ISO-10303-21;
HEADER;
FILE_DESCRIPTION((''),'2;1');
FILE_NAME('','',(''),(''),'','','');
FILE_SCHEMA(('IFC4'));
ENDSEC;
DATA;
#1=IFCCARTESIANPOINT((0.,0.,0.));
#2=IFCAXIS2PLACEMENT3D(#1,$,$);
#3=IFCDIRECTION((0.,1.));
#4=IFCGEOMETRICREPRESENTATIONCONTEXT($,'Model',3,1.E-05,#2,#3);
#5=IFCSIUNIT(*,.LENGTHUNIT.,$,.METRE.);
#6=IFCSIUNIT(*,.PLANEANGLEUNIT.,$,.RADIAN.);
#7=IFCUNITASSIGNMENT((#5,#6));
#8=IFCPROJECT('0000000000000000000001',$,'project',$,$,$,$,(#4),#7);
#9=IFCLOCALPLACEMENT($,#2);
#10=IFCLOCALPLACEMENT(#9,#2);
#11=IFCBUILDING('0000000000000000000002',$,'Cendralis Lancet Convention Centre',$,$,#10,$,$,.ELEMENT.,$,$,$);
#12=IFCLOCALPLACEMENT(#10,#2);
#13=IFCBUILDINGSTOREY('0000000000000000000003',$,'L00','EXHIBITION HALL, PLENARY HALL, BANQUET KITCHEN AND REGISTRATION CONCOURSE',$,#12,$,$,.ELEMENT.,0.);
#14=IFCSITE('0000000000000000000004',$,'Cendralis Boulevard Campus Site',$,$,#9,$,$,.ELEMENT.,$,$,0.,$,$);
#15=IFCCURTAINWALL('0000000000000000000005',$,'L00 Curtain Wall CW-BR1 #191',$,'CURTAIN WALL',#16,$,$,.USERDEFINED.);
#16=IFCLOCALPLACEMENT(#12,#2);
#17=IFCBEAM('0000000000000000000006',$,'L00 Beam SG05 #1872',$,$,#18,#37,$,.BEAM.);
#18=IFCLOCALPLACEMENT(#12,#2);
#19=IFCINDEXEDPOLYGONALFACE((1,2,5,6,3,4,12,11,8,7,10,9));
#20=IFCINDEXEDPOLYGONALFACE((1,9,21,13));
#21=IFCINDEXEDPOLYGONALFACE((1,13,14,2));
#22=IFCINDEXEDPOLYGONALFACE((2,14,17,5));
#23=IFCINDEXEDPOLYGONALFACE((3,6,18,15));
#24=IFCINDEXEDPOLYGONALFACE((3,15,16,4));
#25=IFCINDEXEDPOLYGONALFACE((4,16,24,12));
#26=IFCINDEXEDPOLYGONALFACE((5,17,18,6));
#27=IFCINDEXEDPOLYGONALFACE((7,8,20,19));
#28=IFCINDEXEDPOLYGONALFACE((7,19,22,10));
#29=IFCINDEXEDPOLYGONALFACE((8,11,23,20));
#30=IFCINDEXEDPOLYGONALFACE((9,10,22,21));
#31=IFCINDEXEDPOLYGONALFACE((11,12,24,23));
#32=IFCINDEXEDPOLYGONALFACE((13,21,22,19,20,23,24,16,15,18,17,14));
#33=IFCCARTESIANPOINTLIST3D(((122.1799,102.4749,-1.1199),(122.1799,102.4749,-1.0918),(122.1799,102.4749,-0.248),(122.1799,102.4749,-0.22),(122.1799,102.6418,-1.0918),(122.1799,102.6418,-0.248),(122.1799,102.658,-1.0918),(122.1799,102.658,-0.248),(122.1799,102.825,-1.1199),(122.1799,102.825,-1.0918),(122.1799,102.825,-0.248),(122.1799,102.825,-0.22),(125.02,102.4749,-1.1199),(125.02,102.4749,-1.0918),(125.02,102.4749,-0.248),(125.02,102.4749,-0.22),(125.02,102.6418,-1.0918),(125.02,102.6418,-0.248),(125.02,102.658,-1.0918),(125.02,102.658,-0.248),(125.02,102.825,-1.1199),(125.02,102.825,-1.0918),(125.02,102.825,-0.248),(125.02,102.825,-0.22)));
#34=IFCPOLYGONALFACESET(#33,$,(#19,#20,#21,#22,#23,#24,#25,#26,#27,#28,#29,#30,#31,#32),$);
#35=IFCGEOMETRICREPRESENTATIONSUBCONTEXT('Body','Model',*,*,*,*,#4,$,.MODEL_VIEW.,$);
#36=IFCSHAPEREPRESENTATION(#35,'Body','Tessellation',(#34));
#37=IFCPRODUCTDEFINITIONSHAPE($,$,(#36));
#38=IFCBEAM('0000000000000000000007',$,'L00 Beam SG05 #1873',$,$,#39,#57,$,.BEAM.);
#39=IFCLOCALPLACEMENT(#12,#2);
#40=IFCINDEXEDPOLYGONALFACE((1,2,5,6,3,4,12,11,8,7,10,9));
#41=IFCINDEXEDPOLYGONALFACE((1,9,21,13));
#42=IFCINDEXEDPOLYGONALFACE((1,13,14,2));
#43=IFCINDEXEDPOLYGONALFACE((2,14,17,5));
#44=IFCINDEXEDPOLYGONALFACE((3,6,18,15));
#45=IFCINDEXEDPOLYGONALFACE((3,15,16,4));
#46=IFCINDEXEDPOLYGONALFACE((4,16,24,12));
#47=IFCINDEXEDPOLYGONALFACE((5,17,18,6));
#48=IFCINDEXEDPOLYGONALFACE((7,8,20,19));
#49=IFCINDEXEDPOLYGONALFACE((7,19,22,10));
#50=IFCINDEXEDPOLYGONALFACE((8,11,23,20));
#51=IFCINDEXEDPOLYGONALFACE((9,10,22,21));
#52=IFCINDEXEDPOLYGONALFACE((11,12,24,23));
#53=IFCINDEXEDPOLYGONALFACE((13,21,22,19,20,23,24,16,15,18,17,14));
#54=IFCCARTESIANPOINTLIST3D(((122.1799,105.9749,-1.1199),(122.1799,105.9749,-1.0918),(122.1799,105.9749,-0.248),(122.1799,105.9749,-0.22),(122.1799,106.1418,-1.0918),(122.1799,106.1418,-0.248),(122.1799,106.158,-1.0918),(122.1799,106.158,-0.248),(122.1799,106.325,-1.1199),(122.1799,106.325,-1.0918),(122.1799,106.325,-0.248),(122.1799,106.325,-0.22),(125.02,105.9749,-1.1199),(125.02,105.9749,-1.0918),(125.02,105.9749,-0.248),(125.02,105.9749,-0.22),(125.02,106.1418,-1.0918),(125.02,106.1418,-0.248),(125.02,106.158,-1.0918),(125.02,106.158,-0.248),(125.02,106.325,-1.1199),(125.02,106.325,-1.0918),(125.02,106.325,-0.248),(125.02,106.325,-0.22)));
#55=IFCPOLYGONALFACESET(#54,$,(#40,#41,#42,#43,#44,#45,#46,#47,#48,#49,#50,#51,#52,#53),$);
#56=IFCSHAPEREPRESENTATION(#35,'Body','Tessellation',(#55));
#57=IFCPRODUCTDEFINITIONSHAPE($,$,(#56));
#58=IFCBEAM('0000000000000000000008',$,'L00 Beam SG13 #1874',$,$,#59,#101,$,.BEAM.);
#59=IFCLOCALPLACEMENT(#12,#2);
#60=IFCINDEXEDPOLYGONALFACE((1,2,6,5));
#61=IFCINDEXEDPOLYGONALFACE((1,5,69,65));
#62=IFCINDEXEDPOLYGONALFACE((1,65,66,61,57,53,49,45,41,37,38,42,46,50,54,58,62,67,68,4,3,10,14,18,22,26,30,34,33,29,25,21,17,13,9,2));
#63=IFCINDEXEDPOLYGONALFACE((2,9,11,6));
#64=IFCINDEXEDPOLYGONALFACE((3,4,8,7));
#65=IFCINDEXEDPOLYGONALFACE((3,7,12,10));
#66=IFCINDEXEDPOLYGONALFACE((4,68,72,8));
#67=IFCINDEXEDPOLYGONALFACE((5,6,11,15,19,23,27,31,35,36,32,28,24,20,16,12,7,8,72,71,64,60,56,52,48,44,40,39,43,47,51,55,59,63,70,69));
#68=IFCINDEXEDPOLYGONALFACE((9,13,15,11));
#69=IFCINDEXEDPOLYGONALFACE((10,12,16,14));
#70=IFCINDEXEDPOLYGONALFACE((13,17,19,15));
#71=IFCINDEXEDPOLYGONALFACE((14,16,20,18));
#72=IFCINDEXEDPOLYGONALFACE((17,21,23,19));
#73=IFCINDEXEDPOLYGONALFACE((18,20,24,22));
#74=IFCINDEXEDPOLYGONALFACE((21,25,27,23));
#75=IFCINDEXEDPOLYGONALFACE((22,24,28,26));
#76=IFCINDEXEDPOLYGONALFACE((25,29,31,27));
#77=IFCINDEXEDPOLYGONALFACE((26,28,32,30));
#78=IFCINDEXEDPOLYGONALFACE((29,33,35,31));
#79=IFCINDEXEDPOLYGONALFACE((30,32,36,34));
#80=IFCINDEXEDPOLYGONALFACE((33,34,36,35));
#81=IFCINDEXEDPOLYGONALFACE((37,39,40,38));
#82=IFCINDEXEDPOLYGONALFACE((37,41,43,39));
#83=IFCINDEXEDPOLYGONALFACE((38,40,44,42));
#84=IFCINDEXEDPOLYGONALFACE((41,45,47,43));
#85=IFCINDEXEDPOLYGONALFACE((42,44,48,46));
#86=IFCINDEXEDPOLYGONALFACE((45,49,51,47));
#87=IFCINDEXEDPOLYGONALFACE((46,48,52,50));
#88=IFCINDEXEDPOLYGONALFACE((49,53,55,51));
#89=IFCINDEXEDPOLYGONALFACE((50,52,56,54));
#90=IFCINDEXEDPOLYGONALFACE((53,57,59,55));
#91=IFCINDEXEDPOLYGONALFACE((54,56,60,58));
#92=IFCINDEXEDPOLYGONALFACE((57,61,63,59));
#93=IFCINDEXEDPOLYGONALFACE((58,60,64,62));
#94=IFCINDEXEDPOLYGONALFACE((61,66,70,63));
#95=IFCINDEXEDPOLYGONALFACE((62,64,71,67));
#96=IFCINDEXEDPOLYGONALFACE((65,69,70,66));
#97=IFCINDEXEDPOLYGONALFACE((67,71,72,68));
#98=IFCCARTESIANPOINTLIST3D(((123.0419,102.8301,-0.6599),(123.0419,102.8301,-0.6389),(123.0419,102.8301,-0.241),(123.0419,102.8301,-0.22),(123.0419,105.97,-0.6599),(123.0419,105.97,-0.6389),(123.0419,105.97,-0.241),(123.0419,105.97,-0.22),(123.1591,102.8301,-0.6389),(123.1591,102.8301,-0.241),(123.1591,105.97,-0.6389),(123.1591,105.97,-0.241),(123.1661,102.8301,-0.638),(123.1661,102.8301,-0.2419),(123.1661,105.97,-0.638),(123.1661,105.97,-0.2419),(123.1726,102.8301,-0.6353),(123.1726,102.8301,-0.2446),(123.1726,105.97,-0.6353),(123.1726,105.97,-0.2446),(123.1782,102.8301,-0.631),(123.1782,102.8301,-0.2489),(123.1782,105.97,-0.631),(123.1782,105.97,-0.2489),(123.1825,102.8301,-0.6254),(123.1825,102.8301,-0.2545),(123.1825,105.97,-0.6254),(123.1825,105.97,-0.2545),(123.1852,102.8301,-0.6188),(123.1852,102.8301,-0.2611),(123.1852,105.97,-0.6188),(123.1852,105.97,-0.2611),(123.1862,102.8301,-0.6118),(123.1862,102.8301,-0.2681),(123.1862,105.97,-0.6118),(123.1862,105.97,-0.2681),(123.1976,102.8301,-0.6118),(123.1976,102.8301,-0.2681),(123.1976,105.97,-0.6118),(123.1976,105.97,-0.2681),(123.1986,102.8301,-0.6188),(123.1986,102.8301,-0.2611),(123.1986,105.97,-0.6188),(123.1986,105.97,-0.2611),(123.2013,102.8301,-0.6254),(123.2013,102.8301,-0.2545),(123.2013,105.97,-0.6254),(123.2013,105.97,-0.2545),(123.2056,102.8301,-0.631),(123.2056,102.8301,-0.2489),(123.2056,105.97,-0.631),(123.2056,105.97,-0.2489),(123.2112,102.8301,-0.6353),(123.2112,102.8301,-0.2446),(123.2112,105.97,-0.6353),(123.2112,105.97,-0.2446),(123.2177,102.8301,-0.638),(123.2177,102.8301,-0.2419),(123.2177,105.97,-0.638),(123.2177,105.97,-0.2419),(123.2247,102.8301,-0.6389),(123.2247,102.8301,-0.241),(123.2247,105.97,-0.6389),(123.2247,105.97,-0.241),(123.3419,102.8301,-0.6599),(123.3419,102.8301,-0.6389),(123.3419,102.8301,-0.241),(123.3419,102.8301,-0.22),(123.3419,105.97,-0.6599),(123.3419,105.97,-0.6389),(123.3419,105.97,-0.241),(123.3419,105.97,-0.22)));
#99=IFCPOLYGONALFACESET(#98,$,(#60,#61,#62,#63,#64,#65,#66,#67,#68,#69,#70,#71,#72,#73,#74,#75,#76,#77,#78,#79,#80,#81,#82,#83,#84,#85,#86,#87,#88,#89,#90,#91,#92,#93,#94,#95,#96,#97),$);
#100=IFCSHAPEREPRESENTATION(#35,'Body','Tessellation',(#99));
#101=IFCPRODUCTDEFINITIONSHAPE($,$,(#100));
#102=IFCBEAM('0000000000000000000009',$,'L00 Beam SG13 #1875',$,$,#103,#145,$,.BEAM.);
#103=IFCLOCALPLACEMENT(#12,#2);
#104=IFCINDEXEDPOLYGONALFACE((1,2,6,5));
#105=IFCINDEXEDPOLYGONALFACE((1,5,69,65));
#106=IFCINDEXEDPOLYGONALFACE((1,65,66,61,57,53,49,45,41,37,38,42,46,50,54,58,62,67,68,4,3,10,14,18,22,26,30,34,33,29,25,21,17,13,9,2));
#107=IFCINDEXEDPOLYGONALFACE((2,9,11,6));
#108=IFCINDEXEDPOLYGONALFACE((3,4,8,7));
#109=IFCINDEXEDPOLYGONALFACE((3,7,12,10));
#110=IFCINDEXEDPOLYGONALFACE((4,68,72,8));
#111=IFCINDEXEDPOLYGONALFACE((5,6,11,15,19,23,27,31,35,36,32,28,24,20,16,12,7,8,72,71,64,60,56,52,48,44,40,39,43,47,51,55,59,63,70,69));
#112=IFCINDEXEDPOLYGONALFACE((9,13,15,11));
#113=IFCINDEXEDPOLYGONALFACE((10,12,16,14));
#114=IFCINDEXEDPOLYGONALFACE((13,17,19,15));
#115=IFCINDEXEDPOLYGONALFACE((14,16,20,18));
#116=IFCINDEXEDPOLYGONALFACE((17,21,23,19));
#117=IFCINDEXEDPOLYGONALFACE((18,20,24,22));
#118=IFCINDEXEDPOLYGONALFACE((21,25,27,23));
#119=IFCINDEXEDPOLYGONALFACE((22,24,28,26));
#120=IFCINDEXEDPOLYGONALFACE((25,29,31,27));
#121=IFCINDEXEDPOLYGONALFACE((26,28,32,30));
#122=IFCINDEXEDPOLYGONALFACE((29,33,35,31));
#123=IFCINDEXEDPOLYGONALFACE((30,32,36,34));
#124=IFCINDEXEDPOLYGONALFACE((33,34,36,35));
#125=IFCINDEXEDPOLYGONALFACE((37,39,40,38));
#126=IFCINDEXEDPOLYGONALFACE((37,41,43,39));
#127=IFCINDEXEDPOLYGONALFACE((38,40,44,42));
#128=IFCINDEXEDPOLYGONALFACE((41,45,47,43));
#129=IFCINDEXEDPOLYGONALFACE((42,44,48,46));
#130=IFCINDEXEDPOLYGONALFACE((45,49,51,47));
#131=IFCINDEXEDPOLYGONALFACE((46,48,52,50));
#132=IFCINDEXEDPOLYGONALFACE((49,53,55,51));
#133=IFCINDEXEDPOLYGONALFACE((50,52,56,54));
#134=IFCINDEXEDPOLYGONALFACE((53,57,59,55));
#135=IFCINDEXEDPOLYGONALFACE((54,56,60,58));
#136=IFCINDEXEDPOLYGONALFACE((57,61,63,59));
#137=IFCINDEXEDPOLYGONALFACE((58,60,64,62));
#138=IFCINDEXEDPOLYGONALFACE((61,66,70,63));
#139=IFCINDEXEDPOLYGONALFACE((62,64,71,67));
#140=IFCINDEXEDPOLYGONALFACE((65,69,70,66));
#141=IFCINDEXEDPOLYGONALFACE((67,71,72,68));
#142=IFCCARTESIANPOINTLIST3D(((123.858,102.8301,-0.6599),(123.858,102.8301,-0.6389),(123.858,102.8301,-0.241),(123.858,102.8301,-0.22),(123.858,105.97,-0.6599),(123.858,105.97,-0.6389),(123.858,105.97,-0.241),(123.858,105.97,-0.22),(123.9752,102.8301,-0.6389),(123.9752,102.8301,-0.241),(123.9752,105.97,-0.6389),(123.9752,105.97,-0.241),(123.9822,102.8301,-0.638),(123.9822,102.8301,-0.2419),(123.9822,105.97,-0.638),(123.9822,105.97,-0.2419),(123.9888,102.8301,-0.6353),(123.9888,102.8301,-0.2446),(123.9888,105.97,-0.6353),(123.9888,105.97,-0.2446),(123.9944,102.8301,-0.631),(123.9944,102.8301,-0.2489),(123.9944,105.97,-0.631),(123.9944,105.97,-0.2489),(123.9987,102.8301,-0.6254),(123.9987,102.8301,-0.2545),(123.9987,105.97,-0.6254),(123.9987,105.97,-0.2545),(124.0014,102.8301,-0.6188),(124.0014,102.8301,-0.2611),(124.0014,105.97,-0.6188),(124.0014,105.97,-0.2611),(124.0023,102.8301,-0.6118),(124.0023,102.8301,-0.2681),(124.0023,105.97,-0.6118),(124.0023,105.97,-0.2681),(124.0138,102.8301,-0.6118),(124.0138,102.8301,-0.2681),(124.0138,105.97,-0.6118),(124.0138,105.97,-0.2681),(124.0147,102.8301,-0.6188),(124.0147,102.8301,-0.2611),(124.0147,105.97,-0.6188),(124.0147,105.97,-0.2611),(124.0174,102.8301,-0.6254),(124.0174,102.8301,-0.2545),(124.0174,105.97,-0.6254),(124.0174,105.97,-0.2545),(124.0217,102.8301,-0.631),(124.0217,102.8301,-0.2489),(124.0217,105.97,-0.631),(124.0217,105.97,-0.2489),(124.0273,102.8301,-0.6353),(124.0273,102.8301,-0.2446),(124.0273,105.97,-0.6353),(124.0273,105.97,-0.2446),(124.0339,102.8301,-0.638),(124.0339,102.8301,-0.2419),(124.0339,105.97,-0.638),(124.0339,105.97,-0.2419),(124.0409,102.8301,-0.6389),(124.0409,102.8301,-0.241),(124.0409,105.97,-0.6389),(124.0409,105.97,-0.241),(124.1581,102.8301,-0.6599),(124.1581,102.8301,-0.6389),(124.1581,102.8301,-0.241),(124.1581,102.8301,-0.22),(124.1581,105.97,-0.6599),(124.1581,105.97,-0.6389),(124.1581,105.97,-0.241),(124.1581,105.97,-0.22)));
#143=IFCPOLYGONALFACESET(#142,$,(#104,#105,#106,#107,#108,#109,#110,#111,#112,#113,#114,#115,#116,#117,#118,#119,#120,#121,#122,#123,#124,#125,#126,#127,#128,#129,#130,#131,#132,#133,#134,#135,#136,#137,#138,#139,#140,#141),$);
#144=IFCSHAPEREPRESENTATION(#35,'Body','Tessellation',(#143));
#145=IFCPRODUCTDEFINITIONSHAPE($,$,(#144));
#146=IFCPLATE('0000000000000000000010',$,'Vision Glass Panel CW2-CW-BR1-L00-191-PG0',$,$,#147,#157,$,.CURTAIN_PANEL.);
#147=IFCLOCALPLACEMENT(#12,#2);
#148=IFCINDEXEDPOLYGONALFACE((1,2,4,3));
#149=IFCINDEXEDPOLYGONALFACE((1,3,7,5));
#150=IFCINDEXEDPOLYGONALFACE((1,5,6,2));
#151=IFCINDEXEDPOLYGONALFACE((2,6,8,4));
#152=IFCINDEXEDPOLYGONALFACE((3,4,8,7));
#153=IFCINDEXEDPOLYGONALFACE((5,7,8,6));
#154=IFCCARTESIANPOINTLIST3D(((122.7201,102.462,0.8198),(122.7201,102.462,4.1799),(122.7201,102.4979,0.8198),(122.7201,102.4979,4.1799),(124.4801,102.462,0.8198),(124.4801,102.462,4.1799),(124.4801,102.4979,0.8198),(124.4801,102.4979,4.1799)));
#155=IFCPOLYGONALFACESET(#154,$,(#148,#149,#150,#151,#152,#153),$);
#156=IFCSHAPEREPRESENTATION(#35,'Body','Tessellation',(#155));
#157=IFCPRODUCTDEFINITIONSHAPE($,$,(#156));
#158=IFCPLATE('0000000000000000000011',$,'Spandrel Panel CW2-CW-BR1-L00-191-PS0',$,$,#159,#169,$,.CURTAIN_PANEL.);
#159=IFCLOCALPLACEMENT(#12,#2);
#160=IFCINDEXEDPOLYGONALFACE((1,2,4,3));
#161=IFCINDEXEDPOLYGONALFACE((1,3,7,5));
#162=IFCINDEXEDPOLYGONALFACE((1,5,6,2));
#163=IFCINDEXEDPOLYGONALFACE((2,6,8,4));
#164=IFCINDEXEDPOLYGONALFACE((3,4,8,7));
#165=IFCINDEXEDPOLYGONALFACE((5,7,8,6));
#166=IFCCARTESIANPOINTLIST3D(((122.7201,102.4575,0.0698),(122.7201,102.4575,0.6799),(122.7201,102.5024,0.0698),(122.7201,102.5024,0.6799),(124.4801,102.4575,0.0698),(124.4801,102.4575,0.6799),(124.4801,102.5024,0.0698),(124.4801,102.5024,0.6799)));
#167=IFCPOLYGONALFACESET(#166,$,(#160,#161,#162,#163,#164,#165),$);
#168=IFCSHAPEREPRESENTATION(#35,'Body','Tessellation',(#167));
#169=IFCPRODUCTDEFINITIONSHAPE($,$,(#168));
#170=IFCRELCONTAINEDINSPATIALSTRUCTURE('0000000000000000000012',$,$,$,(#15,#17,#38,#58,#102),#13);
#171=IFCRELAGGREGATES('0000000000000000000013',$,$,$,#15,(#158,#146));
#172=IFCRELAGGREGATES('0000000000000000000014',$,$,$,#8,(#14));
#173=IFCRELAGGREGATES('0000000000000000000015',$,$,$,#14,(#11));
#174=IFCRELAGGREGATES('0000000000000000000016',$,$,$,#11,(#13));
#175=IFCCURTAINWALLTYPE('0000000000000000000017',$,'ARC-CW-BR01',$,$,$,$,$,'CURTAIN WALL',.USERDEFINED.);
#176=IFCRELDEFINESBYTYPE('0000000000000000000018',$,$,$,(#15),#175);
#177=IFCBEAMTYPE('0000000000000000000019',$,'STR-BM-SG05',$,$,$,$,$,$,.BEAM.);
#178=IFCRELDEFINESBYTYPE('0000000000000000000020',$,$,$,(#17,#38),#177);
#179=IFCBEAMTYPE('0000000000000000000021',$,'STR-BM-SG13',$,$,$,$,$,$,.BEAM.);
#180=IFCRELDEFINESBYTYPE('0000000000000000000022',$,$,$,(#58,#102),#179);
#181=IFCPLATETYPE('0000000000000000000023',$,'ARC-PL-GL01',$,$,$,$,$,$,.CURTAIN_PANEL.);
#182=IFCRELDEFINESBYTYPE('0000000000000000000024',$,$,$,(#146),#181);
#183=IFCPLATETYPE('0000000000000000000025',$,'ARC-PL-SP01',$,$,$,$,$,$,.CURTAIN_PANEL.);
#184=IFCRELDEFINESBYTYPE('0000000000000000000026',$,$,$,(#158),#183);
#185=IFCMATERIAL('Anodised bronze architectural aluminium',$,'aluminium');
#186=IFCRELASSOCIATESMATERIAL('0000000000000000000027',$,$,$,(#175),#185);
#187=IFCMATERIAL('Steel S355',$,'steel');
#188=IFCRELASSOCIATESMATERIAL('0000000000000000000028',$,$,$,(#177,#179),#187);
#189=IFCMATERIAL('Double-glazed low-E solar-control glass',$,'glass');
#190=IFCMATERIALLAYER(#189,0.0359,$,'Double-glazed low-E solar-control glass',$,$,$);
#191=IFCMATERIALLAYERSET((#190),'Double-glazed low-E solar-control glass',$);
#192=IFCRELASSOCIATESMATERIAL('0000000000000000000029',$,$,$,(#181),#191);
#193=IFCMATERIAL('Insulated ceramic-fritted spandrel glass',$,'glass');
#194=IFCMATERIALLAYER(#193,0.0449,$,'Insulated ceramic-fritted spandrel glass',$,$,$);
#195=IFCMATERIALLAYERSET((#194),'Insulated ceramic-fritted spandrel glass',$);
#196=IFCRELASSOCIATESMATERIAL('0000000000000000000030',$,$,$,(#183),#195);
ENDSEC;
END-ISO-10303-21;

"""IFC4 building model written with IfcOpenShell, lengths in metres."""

from ifc_helpers import new_model, si_unit, direction, frame, origin, origin_2d, place, context, subcontext, project, spatial, rectangle, i_section, extrude, material, layer, layer_set, material_profile, profile_set, type_object, element, aggregate, save


model = new_model("IFC4")

# Units and contexts
model_context = context("Model", 3, precision=1e-05, world=origin(), true_north=direction((0.0, 1.0)))
body_context = subcontext(model_context, "Body", "Model", "MODEL_VIEW")
ifc_project = project(units=[si_unit("LENGTHUNIT", "METRE"), si_unit("PLANEANGLEUNIT", "RADIAN")], contexts=[model_context])

# Site, building, storey
site_placement = place(None, origin())
site = spatial("IfcSite", under=ifc_project, at=site_placement, Name="Cendralis Boulevard Campus Site", CompositionType="ELEMENT", RefElevation=0.0)
building_placement = place(site_placement, origin())
building = spatial("IfcBuilding", under=site, at=building_placement, Name="Cendralis Lancet Convention Centre", CompositionType="ELEMENT")
storey_placement = place(building_placement, origin())
storey = spatial("IfcBuildingStorey", under=building, at=storey_placement, Name="L00", Description="EXHIBITION HALL, PLENARY HALL, BANQUET KITCHEN AND REGISTRATION CONCOURSE", CompositionType="ELEMENT", Elevation=0.0)

# Curtain wall
ifc_material_1 = material(Name="Anodised bronze architectural aluminium", Category="aluminium")
curtain_wall_type = type_object("IfcCurtainWallType", Name="ARC-CW-BR01", ElementType="CURTAIN WALL", PredefinedType="USERDEFINED", material=ifc_material_1)
curtain_wall_placement = place(storey_placement, origin())
curtain_wall = element("IfcCurtainWall", 1, at=curtain_wall_placement, inside=storey, type_object=curtain_wall_type, Name="L00 Curtain Wall CW-BR1 #191", ObjectType="CURTAIN WALL", PredefinedType="USERDEFINED")

# Beams
ifc_material_2 = material(Name="Steel S355", Category="steel")
ifc_material_profile_1 = material_profile(ifc_material_2, i_section(OverallWidth=0.3501, OverallDepth=0.8999, WebThickness=0.0161, FlangeThickness=0.0281, at=origin_2d()), Name="PG 900x350")
ifc_profile_set_1 = profile_set([ifc_material_profile_1], Name="Steel S355")
beam_type_1 = type_object("IfcBeamType", Name="STR-BM-SG05", PredefinedType="BEAM", material=ifc_profile_set_1)
for number, where, z_axis, x_axis, name in (
    (2, (122.1799, 102.6499, -0.6699), (1.0, 0.0, 0.0), (0.0, 1.0, 0.0), "L00 Beam SG05 #1872"),
    (3, (122.1799, 106.1499, -0.6699), (1.0, 0.0, 0.0), (0.0, 1.0, 0.0), "L00 Beam SG05 #1873"),
):
    element("IfcBeam", number, at=place(storey_placement, frame(where, z_axis=z_axis, x_axis=x_axis)), inside=storey, type_object=beam_type_1, Name=name, PredefinedType="BEAM", context=body_context, shape_type="SweptSolid", body=[
        extrude(i_section(OverallWidth=0.3501, OverallDepth=0.8999, WebThickness=0.0161, FlangeThickness=0.0281, at=origin_2d()), origin(), (0.0, 0.0, 1.0), 2.8401),
    ])
ifc_material_profile_2 = material_profile(ifc_material_2, i_section(OverallWidth=0.3, OverallDepth=0.4399, WebThickness=0.0115, FlangeThickness=0.021, FilletRadius=0.0271, at=origin_2d()), Name="HEA 450")
ifc_profile_set_2 = profile_set([ifc_material_profile_2], Name="Steel S355")
beam_type_2 = type_object("IfcBeamType", Name="STR-BM-SG13", PredefinedType="BEAM", material=ifc_profile_set_2)
for number, where, z_axis, x_axis, name in (
    (4, (123.1919, 102.8301, -0.4399), (0.0, 1.0, 0.0), (-1.0, 0.0, 0.0), "L00 Beam SG13 #1874"),
    (5, (124.0081, 102.8301, -0.4399), (0.0, 1.0, 0.0), (-1.0, 0.0, 0.0), "L00 Beam SG13 #1875"),
):
    element("IfcBeam", number, at=place(storey_placement, frame(where, z_axis=z_axis, x_axis=x_axis)), inside=storey, type_object=beam_type_2, Name=name, PredefinedType="BEAM", context=body_context, shape_type="SweptSolid", body=[
        extrude(i_section(OverallWidth=0.3, OverallDepth=0.4399, WebThickness=0.0115, FlangeThickness=0.021, FilletRadius=0.0271, at=origin_2d()), origin(), (0.0, 0.0, 1.0), 3.1399),
    ])

# Plates
ifc_material_3 = material(Name="Double-glazed low-E solar-control glass", Category="glass")
ifc_layer_1 = layer(ifc_material_3, 0.0359, Name="Double-glazed low-E solar-control glass")
ifc_layer_set_1 = layer_set([ifc_layer_1], Name="Double-glazed low-E solar-control glass")
plate_type_1 = type_object("IfcPlateType", Name="ARC-PL-GL01", PredefinedType="CURTAIN_PANEL", material=ifc_layer_set_1)
plate_1_placement = place(storey_placement, frame((123.6001, 102.48, 0.8198), z_axis=(0.0, 0.0, 1.0), x_axis=(1.0, 0.0, 0.0)))
plate_1 = element("IfcPlate", 6, at=plate_1_placement, type_object=plate_type_1, Name="Vision Glass Panel CW2-CW-BR1-L00-191-PG0", PredefinedType="CURTAIN_PANEL", context=body_context, shape_type="SweptSolid", body=[
    extrude(rectangle(XDim=1.76, YDim=0.0359, at=origin_2d()), origin(), (0.0, 0.0, 1.0), 3.3601),
])
ifc_material_4 = material(Name="Insulated ceramic-fritted spandrel glass", Category="glass")
ifc_layer_2 = layer(ifc_material_4, 0.0449, Name="Insulated ceramic-fritted spandrel glass")
ifc_layer_set_2 = layer_set([ifc_layer_2], Name="Insulated ceramic-fritted spandrel glass")
plate_type_2 = type_object("IfcPlateType", Name="ARC-PL-SP01", PredefinedType="CURTAIN_PANEL", material=ifc_layer_set_2)
plate_2_placement = place(storey_placement, frame((123.6001, 102.48, 0.0698), z_axis=(0.0, 0.0, 1.0), x_axis=(1.0, 0.0, 0.0)))
plate_2 = element("IfcPlate", 7, at=plate_2_placement, type_object=plate_type_2, Name="Spandrel Panel CW2-CW-BR1-L00-191-PS0", PredefinedType="CURTAIN_PANEL", context=body_context, shape_type="SweptSolid", body=[
    extrude(rectangle(XDim=1.76, YDim=0.0449, at=origin_2d()), origin(), (0.0, 0.0, 1.0), 0.6101),
])
aggregate(curtain_wall, [plate_2, plate_1])

save(model, "model.ifc")
